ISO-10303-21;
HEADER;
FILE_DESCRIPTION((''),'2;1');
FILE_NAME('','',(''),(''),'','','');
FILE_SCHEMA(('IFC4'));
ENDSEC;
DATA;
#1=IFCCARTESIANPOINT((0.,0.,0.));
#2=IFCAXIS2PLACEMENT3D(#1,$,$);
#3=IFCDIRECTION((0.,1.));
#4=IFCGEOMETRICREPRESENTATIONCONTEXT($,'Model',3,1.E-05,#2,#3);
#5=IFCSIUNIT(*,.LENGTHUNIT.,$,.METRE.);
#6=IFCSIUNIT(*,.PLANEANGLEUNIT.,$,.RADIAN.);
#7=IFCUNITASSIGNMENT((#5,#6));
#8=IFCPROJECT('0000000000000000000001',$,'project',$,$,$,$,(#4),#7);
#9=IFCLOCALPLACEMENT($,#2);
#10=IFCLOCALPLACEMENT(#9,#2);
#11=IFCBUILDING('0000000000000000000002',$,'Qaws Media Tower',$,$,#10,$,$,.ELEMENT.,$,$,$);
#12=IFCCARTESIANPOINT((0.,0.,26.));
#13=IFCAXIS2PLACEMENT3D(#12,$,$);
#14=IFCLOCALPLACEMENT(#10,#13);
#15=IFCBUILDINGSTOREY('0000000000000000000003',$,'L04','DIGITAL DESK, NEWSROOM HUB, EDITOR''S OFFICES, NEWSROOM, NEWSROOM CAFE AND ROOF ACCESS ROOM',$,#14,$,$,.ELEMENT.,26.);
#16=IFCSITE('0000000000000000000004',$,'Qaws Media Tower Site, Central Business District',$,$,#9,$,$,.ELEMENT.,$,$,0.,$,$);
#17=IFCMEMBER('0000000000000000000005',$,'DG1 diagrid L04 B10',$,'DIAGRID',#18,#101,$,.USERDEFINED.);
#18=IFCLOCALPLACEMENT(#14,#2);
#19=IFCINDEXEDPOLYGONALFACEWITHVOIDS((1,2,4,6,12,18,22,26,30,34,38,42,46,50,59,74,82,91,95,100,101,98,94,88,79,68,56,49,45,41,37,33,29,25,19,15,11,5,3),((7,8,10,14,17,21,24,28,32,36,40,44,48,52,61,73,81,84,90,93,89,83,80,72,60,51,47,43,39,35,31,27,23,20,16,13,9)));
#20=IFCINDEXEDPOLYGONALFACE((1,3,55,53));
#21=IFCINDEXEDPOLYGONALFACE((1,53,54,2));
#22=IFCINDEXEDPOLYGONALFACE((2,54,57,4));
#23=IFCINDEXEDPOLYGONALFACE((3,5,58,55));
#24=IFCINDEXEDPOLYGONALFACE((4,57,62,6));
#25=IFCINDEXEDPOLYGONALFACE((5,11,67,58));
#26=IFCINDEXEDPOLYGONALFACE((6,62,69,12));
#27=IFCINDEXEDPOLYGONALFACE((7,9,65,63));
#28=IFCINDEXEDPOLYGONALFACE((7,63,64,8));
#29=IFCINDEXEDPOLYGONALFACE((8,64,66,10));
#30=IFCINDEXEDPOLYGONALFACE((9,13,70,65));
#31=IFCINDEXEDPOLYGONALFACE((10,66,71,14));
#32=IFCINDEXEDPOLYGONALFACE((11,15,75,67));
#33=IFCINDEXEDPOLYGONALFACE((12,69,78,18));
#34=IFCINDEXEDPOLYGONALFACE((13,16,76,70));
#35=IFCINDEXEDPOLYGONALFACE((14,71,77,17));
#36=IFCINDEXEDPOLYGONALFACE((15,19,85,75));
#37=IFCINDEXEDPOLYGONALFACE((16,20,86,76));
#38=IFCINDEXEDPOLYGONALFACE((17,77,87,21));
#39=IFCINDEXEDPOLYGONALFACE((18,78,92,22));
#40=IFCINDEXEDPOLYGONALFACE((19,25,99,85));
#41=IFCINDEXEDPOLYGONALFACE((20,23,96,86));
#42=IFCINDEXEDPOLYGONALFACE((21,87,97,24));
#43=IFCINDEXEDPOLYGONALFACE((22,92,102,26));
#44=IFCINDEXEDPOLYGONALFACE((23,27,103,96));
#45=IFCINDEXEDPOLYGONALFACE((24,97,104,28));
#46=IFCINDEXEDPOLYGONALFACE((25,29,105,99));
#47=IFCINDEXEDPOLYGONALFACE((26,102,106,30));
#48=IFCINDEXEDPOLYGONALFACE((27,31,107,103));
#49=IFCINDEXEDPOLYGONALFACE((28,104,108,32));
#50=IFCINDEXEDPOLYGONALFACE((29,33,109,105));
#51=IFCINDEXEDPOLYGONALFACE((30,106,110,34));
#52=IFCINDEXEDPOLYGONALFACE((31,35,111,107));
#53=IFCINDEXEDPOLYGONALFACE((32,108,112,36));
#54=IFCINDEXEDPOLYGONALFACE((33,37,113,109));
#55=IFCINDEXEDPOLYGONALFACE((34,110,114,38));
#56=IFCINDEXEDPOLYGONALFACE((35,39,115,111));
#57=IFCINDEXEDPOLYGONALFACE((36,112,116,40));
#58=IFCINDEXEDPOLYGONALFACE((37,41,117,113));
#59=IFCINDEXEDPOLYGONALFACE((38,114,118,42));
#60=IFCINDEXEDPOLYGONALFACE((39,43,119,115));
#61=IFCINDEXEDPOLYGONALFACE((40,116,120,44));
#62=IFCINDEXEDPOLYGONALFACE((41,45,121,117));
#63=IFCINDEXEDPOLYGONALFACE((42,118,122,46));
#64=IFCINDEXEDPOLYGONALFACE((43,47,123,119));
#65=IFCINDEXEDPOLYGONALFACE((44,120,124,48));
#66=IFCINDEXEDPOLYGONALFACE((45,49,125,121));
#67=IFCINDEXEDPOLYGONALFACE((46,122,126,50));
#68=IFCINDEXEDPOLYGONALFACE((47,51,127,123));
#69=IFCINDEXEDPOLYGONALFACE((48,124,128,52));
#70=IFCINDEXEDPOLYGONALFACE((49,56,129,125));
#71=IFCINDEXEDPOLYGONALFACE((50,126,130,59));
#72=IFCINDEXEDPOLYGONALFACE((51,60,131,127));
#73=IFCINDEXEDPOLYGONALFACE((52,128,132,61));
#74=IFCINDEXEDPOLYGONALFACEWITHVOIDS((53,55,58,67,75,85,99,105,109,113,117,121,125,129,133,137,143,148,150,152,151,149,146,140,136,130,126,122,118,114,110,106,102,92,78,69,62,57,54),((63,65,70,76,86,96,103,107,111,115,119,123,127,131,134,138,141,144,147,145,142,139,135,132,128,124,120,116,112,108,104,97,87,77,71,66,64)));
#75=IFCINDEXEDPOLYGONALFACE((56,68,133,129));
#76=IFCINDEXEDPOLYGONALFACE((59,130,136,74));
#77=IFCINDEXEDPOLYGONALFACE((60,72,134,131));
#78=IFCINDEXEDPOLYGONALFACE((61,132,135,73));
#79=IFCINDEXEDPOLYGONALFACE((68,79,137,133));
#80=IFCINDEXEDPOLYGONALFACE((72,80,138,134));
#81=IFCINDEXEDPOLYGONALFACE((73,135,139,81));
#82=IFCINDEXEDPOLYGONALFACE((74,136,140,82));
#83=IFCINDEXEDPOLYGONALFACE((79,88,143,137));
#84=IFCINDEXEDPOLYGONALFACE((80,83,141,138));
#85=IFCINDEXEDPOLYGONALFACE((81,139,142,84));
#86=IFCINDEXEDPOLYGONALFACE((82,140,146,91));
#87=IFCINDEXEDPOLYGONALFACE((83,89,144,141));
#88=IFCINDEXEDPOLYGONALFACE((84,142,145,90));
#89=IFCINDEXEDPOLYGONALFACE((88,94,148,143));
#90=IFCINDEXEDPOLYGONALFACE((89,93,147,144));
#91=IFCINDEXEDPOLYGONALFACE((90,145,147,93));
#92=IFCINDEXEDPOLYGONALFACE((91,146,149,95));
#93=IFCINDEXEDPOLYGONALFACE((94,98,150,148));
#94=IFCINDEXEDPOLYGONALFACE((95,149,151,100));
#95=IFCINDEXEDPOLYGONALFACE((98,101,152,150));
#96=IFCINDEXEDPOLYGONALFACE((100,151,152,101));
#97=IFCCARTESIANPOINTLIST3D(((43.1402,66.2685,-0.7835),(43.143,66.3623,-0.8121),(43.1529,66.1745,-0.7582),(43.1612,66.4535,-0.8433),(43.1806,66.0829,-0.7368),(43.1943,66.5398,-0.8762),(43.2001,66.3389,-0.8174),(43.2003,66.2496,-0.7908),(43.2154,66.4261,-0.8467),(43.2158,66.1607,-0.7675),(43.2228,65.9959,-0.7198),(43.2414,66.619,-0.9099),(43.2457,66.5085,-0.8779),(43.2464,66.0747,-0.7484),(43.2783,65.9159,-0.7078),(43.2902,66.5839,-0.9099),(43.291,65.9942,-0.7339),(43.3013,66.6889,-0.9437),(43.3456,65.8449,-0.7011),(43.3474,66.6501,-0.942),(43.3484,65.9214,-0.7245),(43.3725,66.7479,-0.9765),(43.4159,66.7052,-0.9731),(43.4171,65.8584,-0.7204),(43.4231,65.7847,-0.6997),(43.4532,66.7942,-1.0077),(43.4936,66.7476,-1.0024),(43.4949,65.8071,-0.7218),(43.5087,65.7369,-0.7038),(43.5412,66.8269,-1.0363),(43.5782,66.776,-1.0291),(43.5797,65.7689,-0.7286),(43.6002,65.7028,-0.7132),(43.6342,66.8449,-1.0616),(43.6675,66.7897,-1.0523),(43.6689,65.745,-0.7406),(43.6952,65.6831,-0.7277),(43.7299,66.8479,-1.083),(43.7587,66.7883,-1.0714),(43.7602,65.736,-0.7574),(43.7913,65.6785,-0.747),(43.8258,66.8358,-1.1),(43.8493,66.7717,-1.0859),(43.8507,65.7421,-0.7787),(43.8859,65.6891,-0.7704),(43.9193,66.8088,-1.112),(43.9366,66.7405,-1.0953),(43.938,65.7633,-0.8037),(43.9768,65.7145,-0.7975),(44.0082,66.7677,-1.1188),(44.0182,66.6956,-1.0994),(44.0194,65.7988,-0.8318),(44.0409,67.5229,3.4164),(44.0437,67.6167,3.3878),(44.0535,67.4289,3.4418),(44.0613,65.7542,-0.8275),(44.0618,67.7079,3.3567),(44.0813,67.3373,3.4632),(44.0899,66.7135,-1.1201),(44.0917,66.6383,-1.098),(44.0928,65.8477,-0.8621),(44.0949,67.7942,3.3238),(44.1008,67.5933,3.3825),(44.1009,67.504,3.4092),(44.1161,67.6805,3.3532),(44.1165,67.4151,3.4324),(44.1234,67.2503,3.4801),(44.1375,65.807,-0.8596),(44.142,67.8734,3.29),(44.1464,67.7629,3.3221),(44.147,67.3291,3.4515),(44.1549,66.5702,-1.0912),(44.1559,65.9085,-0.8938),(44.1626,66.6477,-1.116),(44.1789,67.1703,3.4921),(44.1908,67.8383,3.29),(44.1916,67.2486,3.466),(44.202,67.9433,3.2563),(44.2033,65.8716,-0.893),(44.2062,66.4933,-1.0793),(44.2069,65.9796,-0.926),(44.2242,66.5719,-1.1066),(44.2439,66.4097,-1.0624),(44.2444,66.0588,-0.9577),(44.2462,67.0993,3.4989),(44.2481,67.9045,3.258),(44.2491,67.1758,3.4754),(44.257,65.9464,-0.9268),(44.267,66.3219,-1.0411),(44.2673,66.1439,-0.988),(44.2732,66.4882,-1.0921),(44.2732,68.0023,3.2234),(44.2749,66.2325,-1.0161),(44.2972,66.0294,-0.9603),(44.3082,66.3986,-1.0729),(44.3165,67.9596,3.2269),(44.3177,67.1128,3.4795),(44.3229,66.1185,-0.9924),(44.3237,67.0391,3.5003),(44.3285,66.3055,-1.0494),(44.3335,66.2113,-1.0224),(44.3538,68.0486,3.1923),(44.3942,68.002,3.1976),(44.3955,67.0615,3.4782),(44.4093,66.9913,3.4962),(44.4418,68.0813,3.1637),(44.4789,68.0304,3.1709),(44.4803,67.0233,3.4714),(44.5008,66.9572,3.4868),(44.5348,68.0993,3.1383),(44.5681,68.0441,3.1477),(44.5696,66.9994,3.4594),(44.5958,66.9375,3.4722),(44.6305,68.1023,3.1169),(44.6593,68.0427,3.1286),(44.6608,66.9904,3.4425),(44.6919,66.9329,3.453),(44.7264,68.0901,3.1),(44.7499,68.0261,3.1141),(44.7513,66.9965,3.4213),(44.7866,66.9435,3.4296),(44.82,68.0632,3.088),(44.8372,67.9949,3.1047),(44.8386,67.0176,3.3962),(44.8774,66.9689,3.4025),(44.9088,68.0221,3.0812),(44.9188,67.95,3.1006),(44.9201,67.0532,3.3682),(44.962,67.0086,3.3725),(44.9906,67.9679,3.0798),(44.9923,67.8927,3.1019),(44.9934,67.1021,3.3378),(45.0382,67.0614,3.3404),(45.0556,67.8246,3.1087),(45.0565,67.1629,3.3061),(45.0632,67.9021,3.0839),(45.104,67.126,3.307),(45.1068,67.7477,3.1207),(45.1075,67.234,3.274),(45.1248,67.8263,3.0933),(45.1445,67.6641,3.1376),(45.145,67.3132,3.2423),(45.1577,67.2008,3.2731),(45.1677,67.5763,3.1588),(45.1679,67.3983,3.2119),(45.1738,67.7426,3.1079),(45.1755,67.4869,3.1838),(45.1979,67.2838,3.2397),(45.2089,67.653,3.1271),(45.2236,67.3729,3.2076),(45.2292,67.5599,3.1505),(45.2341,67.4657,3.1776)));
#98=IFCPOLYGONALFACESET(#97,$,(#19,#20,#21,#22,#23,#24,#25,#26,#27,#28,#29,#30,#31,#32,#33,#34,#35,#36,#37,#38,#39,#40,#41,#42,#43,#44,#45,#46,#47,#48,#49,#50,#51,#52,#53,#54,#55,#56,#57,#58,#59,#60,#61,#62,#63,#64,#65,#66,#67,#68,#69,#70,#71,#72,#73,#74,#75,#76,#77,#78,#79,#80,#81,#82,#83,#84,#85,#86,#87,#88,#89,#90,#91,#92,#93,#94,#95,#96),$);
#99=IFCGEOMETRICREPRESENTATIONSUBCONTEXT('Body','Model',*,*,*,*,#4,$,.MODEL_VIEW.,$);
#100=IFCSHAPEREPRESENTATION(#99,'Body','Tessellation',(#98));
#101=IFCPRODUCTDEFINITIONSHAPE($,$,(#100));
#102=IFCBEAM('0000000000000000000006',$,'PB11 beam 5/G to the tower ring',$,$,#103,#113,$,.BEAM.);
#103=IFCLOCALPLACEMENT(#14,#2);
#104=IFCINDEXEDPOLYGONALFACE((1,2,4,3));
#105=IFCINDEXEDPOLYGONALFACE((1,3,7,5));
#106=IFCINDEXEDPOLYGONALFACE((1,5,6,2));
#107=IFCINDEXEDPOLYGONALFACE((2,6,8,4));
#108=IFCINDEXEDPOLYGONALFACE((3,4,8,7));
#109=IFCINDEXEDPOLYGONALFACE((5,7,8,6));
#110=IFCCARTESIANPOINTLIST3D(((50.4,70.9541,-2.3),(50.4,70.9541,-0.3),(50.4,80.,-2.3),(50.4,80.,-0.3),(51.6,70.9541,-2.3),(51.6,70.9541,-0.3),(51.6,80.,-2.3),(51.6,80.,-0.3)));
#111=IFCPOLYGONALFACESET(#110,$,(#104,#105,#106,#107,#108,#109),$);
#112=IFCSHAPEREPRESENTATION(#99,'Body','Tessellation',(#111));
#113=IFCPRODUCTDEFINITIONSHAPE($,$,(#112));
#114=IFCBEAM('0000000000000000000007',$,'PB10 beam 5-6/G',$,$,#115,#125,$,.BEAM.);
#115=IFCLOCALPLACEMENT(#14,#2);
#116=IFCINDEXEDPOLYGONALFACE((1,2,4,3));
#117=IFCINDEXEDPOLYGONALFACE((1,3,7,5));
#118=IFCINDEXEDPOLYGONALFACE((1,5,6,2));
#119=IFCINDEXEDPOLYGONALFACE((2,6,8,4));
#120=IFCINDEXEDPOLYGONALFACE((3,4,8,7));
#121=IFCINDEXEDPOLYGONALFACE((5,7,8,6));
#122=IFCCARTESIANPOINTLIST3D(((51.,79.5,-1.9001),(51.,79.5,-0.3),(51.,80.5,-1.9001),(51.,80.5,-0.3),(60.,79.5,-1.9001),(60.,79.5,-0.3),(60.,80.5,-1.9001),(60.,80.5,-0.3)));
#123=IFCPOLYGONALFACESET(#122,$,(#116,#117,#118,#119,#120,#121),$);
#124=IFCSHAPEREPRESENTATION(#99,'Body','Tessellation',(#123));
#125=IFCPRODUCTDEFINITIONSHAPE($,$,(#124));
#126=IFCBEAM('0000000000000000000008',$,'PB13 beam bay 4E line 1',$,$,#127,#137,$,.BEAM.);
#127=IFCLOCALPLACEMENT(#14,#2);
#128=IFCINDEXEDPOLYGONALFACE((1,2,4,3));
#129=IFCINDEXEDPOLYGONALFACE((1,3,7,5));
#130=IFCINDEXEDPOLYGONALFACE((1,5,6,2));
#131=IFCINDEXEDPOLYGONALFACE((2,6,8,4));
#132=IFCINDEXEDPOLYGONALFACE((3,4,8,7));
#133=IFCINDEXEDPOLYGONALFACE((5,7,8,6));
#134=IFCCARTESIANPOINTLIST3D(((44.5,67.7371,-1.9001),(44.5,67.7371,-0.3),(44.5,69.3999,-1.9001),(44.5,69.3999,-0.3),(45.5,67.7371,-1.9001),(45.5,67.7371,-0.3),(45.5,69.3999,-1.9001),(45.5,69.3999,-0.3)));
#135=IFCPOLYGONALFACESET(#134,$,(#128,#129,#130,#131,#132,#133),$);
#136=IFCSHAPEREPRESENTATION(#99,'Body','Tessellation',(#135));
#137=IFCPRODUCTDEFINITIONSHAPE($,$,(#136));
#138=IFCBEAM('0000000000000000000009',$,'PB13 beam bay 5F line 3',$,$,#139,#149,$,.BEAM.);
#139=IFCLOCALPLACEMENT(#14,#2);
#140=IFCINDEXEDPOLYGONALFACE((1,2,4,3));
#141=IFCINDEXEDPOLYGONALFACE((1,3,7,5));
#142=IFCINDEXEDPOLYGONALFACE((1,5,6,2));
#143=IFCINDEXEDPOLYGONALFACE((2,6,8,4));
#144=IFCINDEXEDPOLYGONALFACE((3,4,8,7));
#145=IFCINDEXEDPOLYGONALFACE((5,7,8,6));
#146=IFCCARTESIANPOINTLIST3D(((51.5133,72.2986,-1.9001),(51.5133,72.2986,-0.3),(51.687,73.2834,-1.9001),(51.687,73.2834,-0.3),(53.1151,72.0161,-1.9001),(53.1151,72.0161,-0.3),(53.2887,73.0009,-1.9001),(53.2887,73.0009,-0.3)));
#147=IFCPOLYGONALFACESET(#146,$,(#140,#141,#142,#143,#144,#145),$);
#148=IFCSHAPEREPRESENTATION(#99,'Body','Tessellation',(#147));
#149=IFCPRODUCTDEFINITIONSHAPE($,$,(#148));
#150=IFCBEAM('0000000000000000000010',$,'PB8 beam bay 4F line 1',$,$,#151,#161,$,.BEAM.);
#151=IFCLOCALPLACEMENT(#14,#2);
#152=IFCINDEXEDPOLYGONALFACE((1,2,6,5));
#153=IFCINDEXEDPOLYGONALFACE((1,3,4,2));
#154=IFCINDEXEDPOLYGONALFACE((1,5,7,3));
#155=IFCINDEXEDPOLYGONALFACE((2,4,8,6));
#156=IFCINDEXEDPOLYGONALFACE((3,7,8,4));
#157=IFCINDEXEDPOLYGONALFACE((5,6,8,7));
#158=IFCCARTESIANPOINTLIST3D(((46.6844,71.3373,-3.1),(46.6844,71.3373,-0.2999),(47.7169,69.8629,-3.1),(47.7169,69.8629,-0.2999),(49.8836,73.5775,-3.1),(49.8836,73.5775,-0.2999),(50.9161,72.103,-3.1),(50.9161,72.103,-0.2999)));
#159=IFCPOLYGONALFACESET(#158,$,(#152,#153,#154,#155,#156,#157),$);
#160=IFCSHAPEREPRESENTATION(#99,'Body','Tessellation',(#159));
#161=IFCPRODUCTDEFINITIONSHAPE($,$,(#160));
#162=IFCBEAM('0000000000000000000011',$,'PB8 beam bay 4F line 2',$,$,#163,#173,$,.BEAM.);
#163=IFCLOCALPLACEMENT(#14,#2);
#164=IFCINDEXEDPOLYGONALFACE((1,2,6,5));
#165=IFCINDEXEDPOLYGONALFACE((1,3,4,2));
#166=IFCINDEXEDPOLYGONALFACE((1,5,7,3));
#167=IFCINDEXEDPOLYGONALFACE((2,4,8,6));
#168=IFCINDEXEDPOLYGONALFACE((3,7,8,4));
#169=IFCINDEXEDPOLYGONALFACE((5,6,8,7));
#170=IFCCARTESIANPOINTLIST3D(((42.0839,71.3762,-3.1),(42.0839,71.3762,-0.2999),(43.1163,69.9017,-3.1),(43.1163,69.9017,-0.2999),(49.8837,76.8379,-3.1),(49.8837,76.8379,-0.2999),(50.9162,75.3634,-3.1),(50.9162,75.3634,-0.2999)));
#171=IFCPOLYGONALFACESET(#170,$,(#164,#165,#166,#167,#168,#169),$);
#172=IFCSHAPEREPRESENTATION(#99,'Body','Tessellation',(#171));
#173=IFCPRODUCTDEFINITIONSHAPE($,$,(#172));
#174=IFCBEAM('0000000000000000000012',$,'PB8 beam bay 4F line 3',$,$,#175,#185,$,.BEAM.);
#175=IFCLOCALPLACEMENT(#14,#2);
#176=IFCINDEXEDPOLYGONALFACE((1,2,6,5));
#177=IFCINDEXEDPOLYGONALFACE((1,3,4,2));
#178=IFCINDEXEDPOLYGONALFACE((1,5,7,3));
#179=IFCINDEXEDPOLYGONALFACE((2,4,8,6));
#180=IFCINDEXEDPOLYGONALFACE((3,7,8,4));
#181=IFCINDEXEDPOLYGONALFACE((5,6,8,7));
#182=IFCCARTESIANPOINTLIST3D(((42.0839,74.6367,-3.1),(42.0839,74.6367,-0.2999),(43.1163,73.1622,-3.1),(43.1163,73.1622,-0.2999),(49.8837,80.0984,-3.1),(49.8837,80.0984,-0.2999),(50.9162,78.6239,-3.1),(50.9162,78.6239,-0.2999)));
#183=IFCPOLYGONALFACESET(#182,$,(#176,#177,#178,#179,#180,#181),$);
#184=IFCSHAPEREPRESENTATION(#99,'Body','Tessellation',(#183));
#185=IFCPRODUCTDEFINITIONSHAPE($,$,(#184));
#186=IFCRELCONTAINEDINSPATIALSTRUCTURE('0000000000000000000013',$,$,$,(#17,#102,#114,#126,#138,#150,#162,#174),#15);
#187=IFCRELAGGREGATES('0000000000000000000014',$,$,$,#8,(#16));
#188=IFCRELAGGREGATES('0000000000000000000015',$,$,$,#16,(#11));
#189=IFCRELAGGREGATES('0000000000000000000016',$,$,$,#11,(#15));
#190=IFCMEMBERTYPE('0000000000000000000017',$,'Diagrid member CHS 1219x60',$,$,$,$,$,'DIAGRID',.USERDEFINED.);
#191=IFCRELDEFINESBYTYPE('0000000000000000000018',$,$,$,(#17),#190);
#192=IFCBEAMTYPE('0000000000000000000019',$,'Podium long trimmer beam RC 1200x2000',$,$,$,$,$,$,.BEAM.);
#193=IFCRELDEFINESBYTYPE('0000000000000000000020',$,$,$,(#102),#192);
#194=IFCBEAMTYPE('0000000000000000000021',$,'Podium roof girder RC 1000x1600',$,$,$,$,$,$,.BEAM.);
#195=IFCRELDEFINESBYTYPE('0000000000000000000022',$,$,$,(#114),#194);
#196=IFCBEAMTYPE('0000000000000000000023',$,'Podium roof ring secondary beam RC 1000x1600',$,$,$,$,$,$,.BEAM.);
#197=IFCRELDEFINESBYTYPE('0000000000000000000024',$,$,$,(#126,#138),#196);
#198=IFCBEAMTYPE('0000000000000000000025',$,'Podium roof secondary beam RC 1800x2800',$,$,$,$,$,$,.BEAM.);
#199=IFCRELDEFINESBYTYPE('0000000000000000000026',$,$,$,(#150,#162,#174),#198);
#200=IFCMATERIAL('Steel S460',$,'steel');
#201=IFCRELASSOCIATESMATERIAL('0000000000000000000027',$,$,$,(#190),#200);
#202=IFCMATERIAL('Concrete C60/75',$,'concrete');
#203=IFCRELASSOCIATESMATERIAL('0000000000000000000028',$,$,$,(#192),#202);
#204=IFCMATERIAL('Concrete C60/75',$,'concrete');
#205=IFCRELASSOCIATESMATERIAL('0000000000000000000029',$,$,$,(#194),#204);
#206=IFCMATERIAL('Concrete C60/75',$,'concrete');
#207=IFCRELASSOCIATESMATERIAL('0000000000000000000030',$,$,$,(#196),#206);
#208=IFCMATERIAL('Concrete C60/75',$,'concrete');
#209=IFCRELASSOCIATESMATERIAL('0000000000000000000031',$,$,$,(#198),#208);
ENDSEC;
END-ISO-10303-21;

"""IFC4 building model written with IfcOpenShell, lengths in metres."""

from ifc_helpers import new_model, si_unit, direction, frame, origin, origin_2d, place, context, subcontext, project, spatial, rectangle, hollow_circle, extrude, material, material_profile, profile_set, type_object, element, save


model = new_model("IFC4")

# Units and contexts
model_context = context("Model", 3, precision=1e-05, world=origin(), true_north=direction((0.0, 1.0)))
body_context = subcontext(model_context, "Body", "Model", "MODEL_VIEW")
ifc_project = project(units=[si_unit("LENGTHUNIT", "METRE"), si_unit("PLANEANGLEUNIT", "RADIAN")], contexts=[model_context])

# Site, building, storey
site_placement = place(None, origin())
site = spatial("IfcSite", under=ifc_project, at=site_placement, Name="Qaws Media Tower Site, Central Business District", CompositionType="ELEMENT", RefElevation=0.0)
building_placement = place(site_placement, origin())
building = spatial("IfcBuilding", under=site, at=building_placement, Name="Qaws Media Tower", CompositionType="ELEMENT")
storey_placement = place(building_placement, frame((0.0, 0.0, 26.0)))
storey = spatial("IfcBuildingStorey", under=building, at=storey_placement, Name="L04", Description="DIGITAL DESK, NEWSROOM HUB, EDITOR'S OFFICES, NEWSROOM, NEWSROOM CAFE AND ROOF ACCESS ROOM", CompositionType="ELEMENT", Elevation=26.0)

# Member
ifc_material_1 = material(Name="Steel S460", Category="steel")
ifc_material_profile_1 = material_profile(ifc_material_1, hollow_circle(Radius=0.6096, WallThickness=0.0601, at=origin_2d()), Name="CHS 1219x60")
ifc_profile_set_1 = profile_set([ifc_material_profile_1], Name="Steel S460")
member_type_1 = type_object("IfcMemberType", Name="Diagrid member CHS 1219x60", ElementType="DIAGRID", PredefinedType="USERDEFINED", material=ifc_profile_set_1)
for number, where, z_axis, x_axis, name in (
    (1, (43.7366, 66.2634, -0.9099), (0.201266, 0.280321, 0.938569), (-0.81231, 0.583226, 0.0), "DG1 diagrid L04 B10"),
):
    element("IfcMember", number, at=place(storey_placement, frame(where, z_axis=z_axis, x_axis=x_axis)), inside=storey, type_object=member_type_1, Name=name, ObjectType="DIAGRID", PredefinedType="USERDEFINED", context=body_context, shape_type="SweptSolid", body=[
        extrude(hollow_circle(Radius=0.6096, WallThickness=0.0601, at=origin_2d()), origin(), (0.0, 0.0, 1.0), 4.4749),
    ])

# Beams
ifc_material_2 = material(Name="Concrete C60/75", Category="concrete")
ifc_material_profile_2 = material_profile(ifc_material_2, rectangle(XDim=1.2, YDim=2.0, at=origin_2d()), Name="RC 1200x2000")
ifc_profile_set_2 = profile_set([ifc_material_profile_2], Name="Concrete C60/75")
beam_type_1 = type_object("IfcBeamType", Name="Podium long trimmer beam RC 1200x2000", PredefinedType="BEAM", material=ifc_profile_set_2)
beam_1_placement = place(storey_placement, frame((51.0, 80.0, -1.3), z_axis=(0.0, -1.0, 0.0), x_axis=(1.0, 0.0, 0.0)))
element("IfcBeam", 2, at=beam_1_placement, inside=storey, type_object=beam_type_1, Name="PB11 beam 5/G to the tower ring", PredefinedType="BEAM", context=body_context, shape_type="SweptSolid", body=[
    extrude(rectangle(XDim=1.2, YDim=2.0, at=origin_2d()), origin(), (0.0, 0.0, 1.0), 9.0459),
])
ifc_material_3 = material(Name="Concrete C60/75", Category="concrete")
ifc_material_profile_3 = material_profile(ifc_material_3, rectangle(XDim=1.0, YDim=1.6001, at=origin_2d()), Name="RC 1000x1600")
ifc_profile_set_3 = profile_set([ifc_material_profile_3], Name="Concrete C60/75")
beam_type_2 = type_object("IfcBeamType", Name="Podium roof girder RC 1000x1600", PredefinedType="BEAM", material=ifc_profile_set_3)
beam_2_placement = place(storey_placement, frame((51.0, 80.0, -1.1001), z_axis=(1.0, 0.0, 0.0), x_axis=(0.0, 1.0, 0.0)))
element("IfcBeam", 3, at=beam_2_placement, inside=storey, type_object=beam_type_2, Name="PB10 beam 5-6/G", PredefinedType="BEAM", context=body_context, shape_type="SweptSolid", body=[
    extrude(rectangle(XDim=1.0, YDim=1.6001, at=origin_2d()), origin(), (0.0, 0.0, 1.0), 9.0),
])
ifc_material_4 = material(Name="Concrete C60/75", Category="concrete")
ifc_material_profile_4 = material_profile(ifc_material_4, rectangle(XDim=1.0, YDim=1.6001, at=origin_2d()), Name="RC 1000x1600")
ifc_profile_set_4 = profile_set([ifc_material_profile_4], Name="Concrete C60/75")
beam_type_3 = type_object("IfcBeamType", Name="Podium roof ring secondary beam RC 1000x1600", PredefinedType="BEAM", material=ifc_profile_set_4)
beam_3_placement = place(storey_placement, frame((45.0, 67.7371, -1.1001), z_axis=(0.0, 1.0, 0.0), x_axis=(-1.0, 0.0, 0.0)))
element("IfcBeam", 4, at=beam_3_placement, inside=storey, type_object=beam_type_3, Name="PB13 beam bay 4E line 1", PredefinedType="BEAM", context=body_context, shape_type="SweptSolid", body=[
    extrude(rectangle(XDim=1.0, YDim=1.6001, at=origin_2d()), origin(), (0.0, 0.0, 1.0), 1.6628),
])
beam_4_placement = place(storey_placement, frame((53.2019, 72.5085, -1.1001), z_axis=(-0.984805, 0.173665, 0.0), x_axis=(-0.173665, -0.984805, 0.0)))
element("IfcBeam", 5, at=beam_4_placement, inside=storey, type_object=beam_type_3, Name="PB13 beam bay 5F line 3", PredefinedType="BEAM", context=body_context, shape_type="SweptSolid", body=[
    extrude(rectangle(XDim=1.0, YDim=1.6001, at=origin_2d()), origin(), (0.0, 0.0, 1.0), 1.6265),
])
ifc_material_5 = material(Name="Concrete C60/75", Category="concrete")
ifc_material_profile_5 = material_profile(ifc_material_5, rectangle(XDim=1.8, YDim=2.8, at=origin_2d()), Name="RC 1800x2800")
ifc_profile_set_5 = profile_set([ifc_material_profile_5], Name="Concrete C60/75")
beam_type_4 = type_object("IfcBeamType", Name="Podium roof secondary beam RC 1800x2800", PredefinedType="BEAM", material=ifc_profile_set_5)
beam_5_placement = place(storey_placement, frame((47.2007, 70.6001, -1.7), z_axis=(0.819138, 0.573597, 0.0), x_axis=(-0.573597, 0.819138, 0.0)))
element("IfcBeam", 6, at=beam_5_placement, inside=storey, type_object=beam_type_4, Name="PB8 beam bay 4F line 1", PredefinedType="BEAM", context=body_context, shape_type="SweptSolid", body=[
    extrude(rectangle(XDim=1.8, YDim=2.8, at=origin_2d()), origin(), (0.0, 0.0, 1.0), 3.9055),
])
for number, where, z_axis, x_axis, name in (
    (7, (42.6001, 70.6389, -1.7), (0.819143, 0.57359, 0.0), (-0.57359, 0.819143, 0.0), "PB8 beam bay 4F line 2"),
    (8, (42.6001, 73.8994, -1.7), (0.819143, 0.57359, 0.0), (-0.57359, 0.819143, 0.0), "PB8 beam bay 4F line 3"),
):
    element("IfcBeam", number, at=place(storey_placement, frame(where, z_axis=z_axis, x_axis=x_axis)), inside=storey, type_object=beam_type_4, Name=name, PredefinedType="BEAM", context=body_context, shape_type="SweptSolid", body=[
        extrude(rectangle(XDim=1.8, YDim=2.8, at=origin_2d()), origin(), (0.0, 0.0, 1.0), 9.522),
    ])

save(model, "model.ifc")
